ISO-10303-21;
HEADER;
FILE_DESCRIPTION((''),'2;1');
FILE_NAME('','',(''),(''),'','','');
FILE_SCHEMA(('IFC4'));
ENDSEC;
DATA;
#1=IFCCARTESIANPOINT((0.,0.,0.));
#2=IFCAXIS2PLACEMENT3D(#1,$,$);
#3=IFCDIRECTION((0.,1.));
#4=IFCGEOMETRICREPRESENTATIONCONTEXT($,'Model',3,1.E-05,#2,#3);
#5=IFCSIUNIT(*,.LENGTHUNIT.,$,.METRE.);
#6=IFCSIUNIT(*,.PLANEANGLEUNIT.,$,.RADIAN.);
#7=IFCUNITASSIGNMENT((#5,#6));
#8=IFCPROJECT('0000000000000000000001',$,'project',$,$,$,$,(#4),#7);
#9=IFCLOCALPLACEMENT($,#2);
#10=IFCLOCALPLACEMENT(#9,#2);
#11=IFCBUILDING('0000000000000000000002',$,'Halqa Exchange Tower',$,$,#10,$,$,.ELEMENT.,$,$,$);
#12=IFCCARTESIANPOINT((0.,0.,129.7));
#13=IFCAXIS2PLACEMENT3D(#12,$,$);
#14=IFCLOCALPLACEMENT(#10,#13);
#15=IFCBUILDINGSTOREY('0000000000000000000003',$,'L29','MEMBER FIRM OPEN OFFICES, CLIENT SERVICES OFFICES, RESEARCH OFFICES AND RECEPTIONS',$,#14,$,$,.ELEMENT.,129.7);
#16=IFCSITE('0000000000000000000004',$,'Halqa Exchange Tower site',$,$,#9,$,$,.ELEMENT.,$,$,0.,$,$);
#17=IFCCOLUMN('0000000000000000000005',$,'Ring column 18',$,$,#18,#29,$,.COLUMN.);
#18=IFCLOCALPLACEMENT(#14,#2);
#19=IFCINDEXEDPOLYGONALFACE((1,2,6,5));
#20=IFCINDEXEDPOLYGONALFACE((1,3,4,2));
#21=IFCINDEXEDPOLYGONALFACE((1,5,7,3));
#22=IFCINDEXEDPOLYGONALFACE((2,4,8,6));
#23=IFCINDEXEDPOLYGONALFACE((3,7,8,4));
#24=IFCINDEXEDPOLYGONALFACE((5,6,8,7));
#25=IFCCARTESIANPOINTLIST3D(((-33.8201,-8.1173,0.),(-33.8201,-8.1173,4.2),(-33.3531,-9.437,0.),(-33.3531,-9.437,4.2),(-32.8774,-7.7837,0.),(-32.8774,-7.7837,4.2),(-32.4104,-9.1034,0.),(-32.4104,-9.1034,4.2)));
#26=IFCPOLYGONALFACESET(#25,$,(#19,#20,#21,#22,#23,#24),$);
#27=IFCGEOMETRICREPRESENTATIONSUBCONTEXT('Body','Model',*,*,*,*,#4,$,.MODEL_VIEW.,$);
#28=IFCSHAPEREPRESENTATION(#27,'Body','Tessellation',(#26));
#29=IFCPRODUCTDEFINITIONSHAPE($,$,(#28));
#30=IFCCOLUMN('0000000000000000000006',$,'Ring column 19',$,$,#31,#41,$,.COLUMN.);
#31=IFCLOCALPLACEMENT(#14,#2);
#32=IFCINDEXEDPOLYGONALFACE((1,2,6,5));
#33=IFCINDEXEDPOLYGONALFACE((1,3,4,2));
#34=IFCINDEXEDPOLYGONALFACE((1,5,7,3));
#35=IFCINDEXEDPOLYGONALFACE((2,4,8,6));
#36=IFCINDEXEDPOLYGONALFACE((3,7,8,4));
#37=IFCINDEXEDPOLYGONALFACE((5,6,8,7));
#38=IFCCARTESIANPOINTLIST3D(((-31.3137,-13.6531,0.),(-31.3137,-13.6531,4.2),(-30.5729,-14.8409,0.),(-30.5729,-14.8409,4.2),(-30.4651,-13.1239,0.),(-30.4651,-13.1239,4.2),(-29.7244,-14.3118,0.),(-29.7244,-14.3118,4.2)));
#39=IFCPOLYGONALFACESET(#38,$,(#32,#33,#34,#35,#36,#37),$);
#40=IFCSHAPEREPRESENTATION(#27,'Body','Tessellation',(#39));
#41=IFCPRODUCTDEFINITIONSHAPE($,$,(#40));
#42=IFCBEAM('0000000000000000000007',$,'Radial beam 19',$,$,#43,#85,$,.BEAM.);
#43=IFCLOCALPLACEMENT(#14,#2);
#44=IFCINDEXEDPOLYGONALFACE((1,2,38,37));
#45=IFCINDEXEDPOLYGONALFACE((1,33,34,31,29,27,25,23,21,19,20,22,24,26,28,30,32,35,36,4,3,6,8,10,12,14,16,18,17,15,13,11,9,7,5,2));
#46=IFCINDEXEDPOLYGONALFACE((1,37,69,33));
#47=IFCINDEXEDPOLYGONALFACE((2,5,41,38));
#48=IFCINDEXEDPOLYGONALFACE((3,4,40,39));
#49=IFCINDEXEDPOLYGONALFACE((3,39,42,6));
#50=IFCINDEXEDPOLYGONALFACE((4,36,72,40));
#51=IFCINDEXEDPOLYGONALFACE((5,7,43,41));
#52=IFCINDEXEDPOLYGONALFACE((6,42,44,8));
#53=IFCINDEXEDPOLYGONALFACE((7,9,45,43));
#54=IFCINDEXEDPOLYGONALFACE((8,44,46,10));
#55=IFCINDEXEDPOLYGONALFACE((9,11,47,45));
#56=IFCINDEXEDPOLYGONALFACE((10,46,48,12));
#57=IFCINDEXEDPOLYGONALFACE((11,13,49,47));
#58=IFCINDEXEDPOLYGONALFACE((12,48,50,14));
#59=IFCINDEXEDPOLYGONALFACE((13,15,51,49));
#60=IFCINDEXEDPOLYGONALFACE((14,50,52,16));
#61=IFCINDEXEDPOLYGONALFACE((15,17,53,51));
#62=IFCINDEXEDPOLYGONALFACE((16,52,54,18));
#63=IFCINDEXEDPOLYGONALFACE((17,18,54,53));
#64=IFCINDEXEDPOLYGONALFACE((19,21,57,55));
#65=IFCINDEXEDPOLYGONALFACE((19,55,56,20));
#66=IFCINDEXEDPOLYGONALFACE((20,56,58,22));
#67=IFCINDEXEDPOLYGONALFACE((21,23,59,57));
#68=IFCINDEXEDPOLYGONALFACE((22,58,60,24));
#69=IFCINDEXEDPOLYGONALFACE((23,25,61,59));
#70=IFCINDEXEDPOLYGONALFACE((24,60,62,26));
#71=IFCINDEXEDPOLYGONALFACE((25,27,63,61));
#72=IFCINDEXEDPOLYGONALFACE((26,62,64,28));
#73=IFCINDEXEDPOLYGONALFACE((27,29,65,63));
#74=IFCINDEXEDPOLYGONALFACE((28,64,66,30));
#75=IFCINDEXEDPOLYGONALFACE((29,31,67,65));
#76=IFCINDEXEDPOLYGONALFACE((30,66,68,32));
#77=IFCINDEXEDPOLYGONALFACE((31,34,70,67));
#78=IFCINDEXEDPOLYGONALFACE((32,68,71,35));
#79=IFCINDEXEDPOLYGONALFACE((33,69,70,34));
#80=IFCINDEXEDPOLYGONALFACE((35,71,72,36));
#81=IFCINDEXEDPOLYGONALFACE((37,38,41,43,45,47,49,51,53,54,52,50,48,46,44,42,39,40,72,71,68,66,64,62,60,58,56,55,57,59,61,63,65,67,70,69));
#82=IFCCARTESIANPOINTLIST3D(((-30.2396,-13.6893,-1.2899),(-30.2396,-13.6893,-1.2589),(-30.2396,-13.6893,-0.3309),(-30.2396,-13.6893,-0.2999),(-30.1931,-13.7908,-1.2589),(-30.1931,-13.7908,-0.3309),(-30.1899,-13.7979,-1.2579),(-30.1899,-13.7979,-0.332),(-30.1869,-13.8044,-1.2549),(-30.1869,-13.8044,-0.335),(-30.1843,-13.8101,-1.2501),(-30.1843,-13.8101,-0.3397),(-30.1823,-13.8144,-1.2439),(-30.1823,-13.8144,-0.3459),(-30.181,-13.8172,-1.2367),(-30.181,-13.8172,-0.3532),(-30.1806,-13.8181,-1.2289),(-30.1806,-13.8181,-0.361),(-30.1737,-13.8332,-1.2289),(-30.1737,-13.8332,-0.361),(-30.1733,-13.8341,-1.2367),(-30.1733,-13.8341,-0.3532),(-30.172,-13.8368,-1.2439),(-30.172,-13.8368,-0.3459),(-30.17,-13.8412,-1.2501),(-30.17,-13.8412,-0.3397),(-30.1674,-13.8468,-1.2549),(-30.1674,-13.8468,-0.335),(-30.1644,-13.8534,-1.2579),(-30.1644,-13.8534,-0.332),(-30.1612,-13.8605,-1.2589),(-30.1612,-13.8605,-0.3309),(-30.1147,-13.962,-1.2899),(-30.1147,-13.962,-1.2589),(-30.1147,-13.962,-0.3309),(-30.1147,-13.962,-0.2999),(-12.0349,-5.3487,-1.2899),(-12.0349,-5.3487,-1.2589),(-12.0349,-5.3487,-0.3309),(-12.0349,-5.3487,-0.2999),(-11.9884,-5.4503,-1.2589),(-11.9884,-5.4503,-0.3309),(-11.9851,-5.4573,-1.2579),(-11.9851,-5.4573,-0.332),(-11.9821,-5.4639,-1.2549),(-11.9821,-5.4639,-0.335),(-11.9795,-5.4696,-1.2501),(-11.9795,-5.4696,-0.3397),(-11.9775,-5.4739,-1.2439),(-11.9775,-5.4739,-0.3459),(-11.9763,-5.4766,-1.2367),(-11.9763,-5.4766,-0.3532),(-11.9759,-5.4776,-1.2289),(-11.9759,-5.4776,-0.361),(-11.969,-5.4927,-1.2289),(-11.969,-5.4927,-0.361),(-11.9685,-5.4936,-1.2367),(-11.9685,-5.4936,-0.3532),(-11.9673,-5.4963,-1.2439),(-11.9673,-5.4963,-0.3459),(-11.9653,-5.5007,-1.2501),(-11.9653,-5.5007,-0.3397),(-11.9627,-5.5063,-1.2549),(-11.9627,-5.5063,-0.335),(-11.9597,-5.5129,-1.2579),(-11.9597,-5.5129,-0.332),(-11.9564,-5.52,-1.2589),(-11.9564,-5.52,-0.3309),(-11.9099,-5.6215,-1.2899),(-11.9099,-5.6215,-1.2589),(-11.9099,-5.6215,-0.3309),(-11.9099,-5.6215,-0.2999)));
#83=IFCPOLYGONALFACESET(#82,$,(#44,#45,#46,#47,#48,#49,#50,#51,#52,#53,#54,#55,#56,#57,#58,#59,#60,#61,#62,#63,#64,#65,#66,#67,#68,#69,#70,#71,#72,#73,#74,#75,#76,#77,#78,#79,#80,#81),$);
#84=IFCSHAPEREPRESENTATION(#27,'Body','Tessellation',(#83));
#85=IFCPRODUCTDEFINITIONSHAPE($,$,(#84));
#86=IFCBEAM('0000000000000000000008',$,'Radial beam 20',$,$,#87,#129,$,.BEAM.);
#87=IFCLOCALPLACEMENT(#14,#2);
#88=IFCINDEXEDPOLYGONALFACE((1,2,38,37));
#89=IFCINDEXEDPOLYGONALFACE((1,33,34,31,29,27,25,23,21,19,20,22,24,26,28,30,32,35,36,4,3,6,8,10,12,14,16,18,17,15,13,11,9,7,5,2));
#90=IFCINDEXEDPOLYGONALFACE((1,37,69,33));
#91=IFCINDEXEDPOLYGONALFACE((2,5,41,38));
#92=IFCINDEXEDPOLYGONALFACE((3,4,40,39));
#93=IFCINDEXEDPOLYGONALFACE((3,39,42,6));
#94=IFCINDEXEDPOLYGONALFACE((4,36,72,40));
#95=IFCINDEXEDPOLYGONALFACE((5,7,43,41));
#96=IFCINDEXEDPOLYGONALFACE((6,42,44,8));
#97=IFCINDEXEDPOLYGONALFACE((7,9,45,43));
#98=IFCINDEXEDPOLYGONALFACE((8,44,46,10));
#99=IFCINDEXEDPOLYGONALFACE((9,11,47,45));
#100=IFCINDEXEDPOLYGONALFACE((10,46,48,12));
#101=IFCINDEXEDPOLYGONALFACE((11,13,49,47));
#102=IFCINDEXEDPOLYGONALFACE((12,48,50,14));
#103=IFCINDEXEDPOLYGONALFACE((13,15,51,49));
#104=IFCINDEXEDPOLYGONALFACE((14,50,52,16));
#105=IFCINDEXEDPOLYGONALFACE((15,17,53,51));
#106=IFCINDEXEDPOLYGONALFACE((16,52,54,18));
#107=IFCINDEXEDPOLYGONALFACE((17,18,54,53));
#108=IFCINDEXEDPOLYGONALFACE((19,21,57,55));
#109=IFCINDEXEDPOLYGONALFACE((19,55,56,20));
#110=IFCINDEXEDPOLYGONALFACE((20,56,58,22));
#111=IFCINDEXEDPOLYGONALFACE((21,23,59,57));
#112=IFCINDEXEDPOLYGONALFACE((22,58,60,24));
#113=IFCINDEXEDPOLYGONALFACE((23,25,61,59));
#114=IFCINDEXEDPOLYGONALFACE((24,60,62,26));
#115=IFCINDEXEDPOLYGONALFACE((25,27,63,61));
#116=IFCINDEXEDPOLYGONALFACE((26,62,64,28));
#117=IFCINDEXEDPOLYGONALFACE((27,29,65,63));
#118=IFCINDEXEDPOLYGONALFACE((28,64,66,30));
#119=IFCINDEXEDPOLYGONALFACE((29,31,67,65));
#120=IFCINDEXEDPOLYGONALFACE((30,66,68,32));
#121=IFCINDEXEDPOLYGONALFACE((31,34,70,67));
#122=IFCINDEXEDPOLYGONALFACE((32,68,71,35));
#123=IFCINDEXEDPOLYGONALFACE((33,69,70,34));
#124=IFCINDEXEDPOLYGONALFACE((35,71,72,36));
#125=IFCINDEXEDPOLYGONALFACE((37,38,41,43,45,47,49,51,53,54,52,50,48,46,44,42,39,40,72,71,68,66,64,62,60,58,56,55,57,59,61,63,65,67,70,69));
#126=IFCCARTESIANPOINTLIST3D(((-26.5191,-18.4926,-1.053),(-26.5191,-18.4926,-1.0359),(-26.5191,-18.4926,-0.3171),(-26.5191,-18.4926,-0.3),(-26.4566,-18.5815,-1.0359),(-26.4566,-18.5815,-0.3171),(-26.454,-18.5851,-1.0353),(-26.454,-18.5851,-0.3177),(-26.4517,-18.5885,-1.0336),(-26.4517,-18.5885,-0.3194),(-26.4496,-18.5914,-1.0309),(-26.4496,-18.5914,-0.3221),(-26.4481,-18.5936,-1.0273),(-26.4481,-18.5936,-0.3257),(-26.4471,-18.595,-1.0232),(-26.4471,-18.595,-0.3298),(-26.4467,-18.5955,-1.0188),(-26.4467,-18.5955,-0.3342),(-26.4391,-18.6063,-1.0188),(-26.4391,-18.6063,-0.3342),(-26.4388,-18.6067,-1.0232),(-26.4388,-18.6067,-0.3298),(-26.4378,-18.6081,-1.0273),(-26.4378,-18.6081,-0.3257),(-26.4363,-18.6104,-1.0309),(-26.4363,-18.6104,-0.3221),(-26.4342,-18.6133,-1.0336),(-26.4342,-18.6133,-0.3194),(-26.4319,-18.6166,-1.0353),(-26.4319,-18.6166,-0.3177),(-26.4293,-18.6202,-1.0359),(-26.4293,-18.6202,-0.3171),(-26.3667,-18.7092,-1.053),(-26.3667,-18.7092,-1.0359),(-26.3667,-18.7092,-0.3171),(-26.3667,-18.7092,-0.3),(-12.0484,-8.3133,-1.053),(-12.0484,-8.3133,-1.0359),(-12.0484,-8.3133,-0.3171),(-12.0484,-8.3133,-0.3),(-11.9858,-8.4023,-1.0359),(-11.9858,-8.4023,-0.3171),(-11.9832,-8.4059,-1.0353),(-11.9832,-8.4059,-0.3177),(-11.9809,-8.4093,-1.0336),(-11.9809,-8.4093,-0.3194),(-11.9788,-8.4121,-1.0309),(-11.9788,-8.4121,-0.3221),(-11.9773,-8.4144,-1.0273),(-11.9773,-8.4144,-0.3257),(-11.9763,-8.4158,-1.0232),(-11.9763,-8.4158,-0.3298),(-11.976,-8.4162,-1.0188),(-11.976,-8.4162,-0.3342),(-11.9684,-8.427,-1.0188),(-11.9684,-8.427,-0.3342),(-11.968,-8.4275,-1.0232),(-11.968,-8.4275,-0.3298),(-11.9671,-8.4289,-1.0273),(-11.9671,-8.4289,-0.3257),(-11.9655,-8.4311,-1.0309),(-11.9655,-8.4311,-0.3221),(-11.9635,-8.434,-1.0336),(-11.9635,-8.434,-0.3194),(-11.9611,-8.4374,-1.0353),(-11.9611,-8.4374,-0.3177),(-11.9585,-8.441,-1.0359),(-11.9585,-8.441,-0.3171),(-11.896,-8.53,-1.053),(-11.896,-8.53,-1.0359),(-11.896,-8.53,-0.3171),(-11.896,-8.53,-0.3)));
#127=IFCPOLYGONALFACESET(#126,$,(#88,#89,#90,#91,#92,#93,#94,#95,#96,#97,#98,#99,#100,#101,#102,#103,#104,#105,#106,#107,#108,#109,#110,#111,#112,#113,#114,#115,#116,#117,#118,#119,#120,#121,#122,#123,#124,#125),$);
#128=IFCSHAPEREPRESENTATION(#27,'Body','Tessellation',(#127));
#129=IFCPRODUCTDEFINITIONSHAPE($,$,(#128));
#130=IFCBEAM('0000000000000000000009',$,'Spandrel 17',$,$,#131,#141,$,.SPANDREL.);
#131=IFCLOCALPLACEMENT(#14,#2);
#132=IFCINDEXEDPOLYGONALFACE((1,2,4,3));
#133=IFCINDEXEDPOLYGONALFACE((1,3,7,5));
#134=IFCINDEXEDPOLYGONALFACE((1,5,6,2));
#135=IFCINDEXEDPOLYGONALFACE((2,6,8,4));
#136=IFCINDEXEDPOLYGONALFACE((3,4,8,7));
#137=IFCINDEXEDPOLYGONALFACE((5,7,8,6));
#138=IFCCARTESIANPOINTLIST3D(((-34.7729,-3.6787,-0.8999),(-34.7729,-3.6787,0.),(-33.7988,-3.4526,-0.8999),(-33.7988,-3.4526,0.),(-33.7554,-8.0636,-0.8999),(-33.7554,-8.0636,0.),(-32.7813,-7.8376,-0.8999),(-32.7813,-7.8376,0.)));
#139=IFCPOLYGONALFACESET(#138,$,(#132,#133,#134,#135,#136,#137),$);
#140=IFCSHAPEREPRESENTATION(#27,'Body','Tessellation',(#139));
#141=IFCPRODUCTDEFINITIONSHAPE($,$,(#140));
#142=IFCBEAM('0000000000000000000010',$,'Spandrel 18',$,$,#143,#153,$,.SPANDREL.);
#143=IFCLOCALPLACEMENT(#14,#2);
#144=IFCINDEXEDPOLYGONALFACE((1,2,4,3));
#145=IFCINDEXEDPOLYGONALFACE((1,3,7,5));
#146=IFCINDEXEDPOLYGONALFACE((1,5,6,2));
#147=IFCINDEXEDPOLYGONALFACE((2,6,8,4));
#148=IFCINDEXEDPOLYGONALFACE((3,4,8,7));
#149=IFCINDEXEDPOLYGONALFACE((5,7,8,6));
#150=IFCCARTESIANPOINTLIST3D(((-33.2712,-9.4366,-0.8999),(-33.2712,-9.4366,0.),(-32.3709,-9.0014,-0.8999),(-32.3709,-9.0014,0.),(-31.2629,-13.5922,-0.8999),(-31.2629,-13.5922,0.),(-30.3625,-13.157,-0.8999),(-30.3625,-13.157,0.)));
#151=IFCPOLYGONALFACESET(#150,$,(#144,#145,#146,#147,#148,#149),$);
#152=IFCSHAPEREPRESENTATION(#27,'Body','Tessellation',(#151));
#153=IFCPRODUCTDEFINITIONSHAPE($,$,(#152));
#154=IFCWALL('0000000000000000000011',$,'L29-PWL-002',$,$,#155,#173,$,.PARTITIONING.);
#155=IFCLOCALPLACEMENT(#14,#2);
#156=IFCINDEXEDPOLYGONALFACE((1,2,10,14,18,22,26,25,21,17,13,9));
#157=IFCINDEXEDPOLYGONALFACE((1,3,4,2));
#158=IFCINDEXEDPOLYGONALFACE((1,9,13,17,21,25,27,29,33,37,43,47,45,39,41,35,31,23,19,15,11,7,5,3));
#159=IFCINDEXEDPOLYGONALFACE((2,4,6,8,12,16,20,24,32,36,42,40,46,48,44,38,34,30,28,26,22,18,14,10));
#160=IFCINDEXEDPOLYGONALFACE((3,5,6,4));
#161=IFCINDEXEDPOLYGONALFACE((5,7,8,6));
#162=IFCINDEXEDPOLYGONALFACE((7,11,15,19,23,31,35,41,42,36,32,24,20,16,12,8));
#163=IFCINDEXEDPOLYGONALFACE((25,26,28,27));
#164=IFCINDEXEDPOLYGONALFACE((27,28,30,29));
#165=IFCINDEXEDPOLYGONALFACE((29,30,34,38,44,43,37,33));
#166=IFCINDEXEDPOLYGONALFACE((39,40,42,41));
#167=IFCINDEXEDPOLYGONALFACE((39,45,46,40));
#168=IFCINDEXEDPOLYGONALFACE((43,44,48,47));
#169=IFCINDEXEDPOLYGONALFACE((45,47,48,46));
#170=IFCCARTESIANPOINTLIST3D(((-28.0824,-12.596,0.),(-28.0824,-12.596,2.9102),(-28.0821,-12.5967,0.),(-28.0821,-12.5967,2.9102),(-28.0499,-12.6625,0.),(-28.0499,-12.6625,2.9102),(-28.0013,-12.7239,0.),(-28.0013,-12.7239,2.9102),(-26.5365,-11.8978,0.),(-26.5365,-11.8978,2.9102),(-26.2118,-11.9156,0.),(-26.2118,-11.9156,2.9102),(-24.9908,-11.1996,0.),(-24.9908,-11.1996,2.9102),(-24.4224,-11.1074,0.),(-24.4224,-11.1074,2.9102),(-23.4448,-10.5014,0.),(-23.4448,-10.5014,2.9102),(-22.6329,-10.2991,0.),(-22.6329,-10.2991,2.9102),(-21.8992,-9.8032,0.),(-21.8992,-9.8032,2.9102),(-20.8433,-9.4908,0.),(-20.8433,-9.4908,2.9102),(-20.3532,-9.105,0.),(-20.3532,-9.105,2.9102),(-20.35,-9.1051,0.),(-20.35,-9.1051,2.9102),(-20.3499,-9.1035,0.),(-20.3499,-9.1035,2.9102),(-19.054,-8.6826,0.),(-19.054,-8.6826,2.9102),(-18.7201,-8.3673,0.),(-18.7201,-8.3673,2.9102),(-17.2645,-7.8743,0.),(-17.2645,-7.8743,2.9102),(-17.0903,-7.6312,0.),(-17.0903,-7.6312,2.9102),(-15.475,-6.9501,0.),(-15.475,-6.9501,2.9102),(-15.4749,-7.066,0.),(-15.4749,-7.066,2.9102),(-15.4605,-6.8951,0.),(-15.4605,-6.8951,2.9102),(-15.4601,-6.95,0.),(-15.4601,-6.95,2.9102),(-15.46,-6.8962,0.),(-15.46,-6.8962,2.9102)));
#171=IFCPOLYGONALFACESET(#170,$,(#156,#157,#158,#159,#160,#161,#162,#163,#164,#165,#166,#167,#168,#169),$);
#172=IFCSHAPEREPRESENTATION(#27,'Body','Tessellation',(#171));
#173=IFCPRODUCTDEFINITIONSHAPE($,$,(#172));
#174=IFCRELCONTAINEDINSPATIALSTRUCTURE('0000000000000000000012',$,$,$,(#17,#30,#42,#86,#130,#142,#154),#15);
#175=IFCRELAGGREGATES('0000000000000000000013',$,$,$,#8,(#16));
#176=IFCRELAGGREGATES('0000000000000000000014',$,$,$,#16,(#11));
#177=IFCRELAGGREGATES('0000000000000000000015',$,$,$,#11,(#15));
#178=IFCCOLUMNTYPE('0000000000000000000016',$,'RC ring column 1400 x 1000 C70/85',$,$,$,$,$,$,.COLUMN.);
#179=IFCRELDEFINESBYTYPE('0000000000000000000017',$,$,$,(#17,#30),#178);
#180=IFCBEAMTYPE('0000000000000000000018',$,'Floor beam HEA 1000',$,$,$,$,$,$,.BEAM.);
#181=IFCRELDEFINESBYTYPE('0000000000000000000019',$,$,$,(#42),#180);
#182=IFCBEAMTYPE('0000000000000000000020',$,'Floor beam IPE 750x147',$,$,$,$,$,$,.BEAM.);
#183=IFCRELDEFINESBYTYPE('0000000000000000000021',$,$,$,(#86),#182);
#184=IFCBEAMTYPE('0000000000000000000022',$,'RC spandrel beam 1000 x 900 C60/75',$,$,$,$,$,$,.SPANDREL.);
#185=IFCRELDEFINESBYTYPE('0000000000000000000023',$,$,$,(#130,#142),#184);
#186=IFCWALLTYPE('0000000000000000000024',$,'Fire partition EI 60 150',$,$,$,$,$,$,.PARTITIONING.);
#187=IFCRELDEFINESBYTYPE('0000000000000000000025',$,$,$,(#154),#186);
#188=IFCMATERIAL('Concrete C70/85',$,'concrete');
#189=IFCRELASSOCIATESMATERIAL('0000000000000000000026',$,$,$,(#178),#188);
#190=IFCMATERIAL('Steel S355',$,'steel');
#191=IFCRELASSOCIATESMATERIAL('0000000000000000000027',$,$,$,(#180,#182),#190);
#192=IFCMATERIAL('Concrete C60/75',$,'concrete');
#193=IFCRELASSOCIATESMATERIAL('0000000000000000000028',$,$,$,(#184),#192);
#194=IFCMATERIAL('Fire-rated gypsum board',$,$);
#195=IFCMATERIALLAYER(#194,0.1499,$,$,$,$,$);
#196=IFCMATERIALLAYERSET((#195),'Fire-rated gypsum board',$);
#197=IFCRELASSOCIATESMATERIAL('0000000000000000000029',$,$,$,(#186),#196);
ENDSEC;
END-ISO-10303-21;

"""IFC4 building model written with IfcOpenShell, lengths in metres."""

from ifc_helpers import new_model, si_unit, direction, frame, origin, origin_2d, place, context, subcontext, project, spatial, polyline, rectangle, i_section, outline, extrude, material, layer, layer_set, material_profile, profile_set, type_object, element, save


model = new_model("IFC4")

# Units and contexts
model_context = context("Model", 3, precision=1e-05, world=origin(), true_north=direction((0.0, 1.0)))
body_context = subcontext(model_context, "Body", "Model", "MODEL_VIEW")
ifc_project = project(units=[si_unit("LENGTHUNIT", "METRE"), si_unit("PLANEANGLEUNIT", "RADIAN")], contexts=[model_context])

# Site, building, storey
site_placement = place(None, origin())
site = spatial("IfcSite", under=ifc_project, at=site_placement, Name="Halqa Exchange Tower site", CompositionType="ELEMENT", RefElevation=0.0)
building_placement = place(site_placement, origin())
building = spatial("IfcBuilding", under=site, at=building_placement, Name="Halqa Exchange Tower", CompositionType="ELEMENT")
storey_placement = place(building_placement, frame((0.0, 0.0, 129.7)))
storey = spatial("IfcBuildingStorey", under=building, at=storey_placement, Name="L29", Description="MEMBER FIRM OPEN OFFICES, CLIENT SERVICES OFFICES, RESEARCH OFFICES AND RECEPTIONS", CompositionType="ELEMENT", Elevation=129.7)

# Columns
ifc_material_1 = material(Name="Concrete C70/85", Category="concrete")
ifc_material_profile_1 = material_profile(ifc_material_1, rectangle(XDim=1.3999, YDim=1.0, at=origin_2d()), Name="1400 x 1000")
ifc_profile_set_1 = profile_set([ifc_material_profile_1], Name="Concrete C70/85")
column_type = type_object("IfcColumnType", Name="RC ring column 1400 x 1000 C70/85", PredefinedType="COLUMN", material=ifc_profile_set_1)
for number, where, z_axis, x_axis, name in (
    (1, (-33.1152, -8.6104, 0.0), (0.0, 0.0, 1.0), (0.333636, -0.942702, 0.0), "Ring column 18"),
    (2, (-30.519, -13.9824, 0.0), (0.0, 0.0, 1.0), (0.529138, -0.848536, 0.0), "Ring column 19"),
):
    element("IfcColumn", number, at=place(storey_placement, frame(where, z_axis=z_axis, x_axis=x_axis)), inside=storey, type_object=column_type, Name=name, PredefinedType="COLUMN", context=body_context, shape_type="SweptSolid", body=[
        extrude(rectangle(XDim=1.3999, YDim=1.0, at=origin_2d()), origin(), (0.0, 0.0, 1.0), 4.2),
    ])

# Beams
ifc_material_2 = material(Name="Steel S355", Category="steel")
ifc_material_profile_2 = material_profile(ifc_material_2, i_section(OverallWidth=0.3, OverallDepth=0.99, WebThickness=0.0166, FlangeThickness=0.031, FilletRadius=0.03, at=origin_2d()), Name="HEA 1000")
ifc_profile_set_2 = profile_set([ifc_material_profile_2], Name="Steel S355")
beam_type_1 = type_object("IfcBeamType", Name="Floor beam HEA 1000", PredefinedType="BEAM", material=ifc_profile_set_2)
beam_1_placement = place(storey_placement, frame((-11.9724, -5.4851, -0.7949), z_axis=(-0.909127, -0.416518, 0.0), x_axis=(0.416518, -0.909127, 0.0)))
element("IfcBeam", 3, at=beam_1_placement, inside=storey, type_object=beam_type_1, Name="Radial beam 19", PredefinedType="BEAM", context=body_context, shape_type="SweptSolid", body=[
    extrude(i_section(OverallWidth=0.3, OverallDepth=0.99, WebThickness=0.0166, FlangeThickness=0.031, FilletRadius=0.03, at=origin_2d()), origin(), (0.0, 0.0, 1.0), 20.0244),
])
ifc_material_profile_3 = material_profile(ifc_material_2, i_section(OverallWidth=0.2649, OverallDepth=0.7529, WebThickness=0.0132, FlangeThickness=0.0171, FilletRadius=0.0171, at=origin_2d()), Name="IPE 750x147")
ifc_profile_set_3 = profile_set([ifc_material_profile_3], Name="Steel S355")
beam_type_2 = type_object("IfcBeamType", Name="Floor beam IPE 750x147", PredefinedType="BEAM", material=ifc_profile_set_3)
beam_2_placement = place(storey_placement, frame((-11.9722, -8.4216, -0.6765), z_axis=(-0.81791, -0.575346, 0.0), x_axis=(0.575346, -0.81791, 0.0)))
element("IfcBeam", 4, at=beam_2_placement, inside=storey, type_object=beam_type_2, Name="Radial beam 20", PredefinedType="BEAM", context=body_context, shape_type="SweptSolid", body=[
    extrude(i_section(OverallWidth=0.2649, OverallDepth=0.7529, WebThickness=0.0132, FlangeThickness=0.0171, FilletRadius=0.0171, at=origin_2d()), origin(), (0.0, 0.0, 1.0), 17.6924),
])
ifc_material_3 = material(Name="Concrete C60/75", Category="concrete")
ifc_material_profile_4 = material_profile(ifc_material_3, rectangle(XDim=1.0, YDim=0.8999, at=origin_2d()), Name="1000 x 900")
ifc_profile_set_4 = profile_set([ifc_material_profile_4], Name="Concrete C60/75")
beam_type_3 = type_object("IfcBeamType", Name="RC spandrel beam 1000 x 900 C60/75", PredefinedType="SPANDREL", material=ifc_profile_set_4)
beam_3_placement = place(storey_placement, frame((-34.2859, -3.5657, -0.45), z_axis=(0.226052, -0.974115, 0.0), x_axis=(0.974115, 0.226052, 0.0)))
element("IfcBeam", 5, at=beam_3_placement, inside=storey, type_object=beam_type_3, Name="Spandrel 17", PredefinedType="SPANDREL", context=body_context, shape_type="SweptSolid", body=[
    extrude(rectangle(XDim=1.0, YDim=0.8999, at=origin_2d()), origin(), (0.0, 0.0, 1.0), 4.5015),
])
beam_4_placement = place(storey_placement, frame((-32.821, -9.219, -0.45), z_axis=(0.435134, -0.900366, 0.0), x_axis=(0.900366, 0.435134, 0.0)))
element("IfcBeam", 6, at=beam_4_placement, inside=storey, type_object=beam_type_3, Name="Spandrel 18", PredefinedType="SPANDREL", context=body_context, shape_type="SweptSolid", body=[
    extrude(rectangle(XDim=1.0, YDim=0.8999, at=origin_2d()), origin(), (0.0, 0.0, 1.0), 4.6155),
])

# Wall
ifc_material_4 = material(Name="Fire-rated gypsum board")
ifc_layer_1 = layer(ifc_material_4, 0.1499)
ifc_layer_set_1 = layer_set([ifc_layer_1], Name="Fire-rated gypsum board")
wall_type_1 = type_object("IfcWallType", Name="Fire partition EI 60 150", PredefinedType="PARTITIONING", material=ifc_layer_set_1)
wall_1_placement = place(storey_placement, frame((-28.0515, -12.6643, 0.0), z_axis=(0.0, 0.0, 1.0), x_axis=(0.91135, 0.411632, 0.0)))
element("IfcWall", 7, at=wall_1_placement, inside=storey, type_object=wall_type_1, Name="L29-PWL-002", PredefinedType="PARTITIONING", context=body_context, shape_type="SweptSolid", body=[
    extrude(outline(polyline([(0.0212, -0.075), (1.9849, -0.075), (3.9482, -0.075), (5.9119, -0.075), (7.8755, -0.075), (9.8389, -0.075), (11.8025, -0.075), (13.7661, -0.075), (13.8137, 0.0308), (13.8274, 0.0247), (13.8496, 0.0737), (13.8496, 0.075), (12.0613, 0.075), (10.2729, 0.075), (8.4846, 0.075), (8.4839, 0.0735), (8.481, 0.075), (6.7847, 0.075), (5.0886, 0.075), (3.3923, 0.075), (1.6963, 0.075), (0.0, 0.075), (0.0, 0.0742), (0.0022, 0.001), (0.0212, -0.075)])), origin(), (0.0, 0.0, 1.0), 2.9102),
])

save(model, "model.ifc")
